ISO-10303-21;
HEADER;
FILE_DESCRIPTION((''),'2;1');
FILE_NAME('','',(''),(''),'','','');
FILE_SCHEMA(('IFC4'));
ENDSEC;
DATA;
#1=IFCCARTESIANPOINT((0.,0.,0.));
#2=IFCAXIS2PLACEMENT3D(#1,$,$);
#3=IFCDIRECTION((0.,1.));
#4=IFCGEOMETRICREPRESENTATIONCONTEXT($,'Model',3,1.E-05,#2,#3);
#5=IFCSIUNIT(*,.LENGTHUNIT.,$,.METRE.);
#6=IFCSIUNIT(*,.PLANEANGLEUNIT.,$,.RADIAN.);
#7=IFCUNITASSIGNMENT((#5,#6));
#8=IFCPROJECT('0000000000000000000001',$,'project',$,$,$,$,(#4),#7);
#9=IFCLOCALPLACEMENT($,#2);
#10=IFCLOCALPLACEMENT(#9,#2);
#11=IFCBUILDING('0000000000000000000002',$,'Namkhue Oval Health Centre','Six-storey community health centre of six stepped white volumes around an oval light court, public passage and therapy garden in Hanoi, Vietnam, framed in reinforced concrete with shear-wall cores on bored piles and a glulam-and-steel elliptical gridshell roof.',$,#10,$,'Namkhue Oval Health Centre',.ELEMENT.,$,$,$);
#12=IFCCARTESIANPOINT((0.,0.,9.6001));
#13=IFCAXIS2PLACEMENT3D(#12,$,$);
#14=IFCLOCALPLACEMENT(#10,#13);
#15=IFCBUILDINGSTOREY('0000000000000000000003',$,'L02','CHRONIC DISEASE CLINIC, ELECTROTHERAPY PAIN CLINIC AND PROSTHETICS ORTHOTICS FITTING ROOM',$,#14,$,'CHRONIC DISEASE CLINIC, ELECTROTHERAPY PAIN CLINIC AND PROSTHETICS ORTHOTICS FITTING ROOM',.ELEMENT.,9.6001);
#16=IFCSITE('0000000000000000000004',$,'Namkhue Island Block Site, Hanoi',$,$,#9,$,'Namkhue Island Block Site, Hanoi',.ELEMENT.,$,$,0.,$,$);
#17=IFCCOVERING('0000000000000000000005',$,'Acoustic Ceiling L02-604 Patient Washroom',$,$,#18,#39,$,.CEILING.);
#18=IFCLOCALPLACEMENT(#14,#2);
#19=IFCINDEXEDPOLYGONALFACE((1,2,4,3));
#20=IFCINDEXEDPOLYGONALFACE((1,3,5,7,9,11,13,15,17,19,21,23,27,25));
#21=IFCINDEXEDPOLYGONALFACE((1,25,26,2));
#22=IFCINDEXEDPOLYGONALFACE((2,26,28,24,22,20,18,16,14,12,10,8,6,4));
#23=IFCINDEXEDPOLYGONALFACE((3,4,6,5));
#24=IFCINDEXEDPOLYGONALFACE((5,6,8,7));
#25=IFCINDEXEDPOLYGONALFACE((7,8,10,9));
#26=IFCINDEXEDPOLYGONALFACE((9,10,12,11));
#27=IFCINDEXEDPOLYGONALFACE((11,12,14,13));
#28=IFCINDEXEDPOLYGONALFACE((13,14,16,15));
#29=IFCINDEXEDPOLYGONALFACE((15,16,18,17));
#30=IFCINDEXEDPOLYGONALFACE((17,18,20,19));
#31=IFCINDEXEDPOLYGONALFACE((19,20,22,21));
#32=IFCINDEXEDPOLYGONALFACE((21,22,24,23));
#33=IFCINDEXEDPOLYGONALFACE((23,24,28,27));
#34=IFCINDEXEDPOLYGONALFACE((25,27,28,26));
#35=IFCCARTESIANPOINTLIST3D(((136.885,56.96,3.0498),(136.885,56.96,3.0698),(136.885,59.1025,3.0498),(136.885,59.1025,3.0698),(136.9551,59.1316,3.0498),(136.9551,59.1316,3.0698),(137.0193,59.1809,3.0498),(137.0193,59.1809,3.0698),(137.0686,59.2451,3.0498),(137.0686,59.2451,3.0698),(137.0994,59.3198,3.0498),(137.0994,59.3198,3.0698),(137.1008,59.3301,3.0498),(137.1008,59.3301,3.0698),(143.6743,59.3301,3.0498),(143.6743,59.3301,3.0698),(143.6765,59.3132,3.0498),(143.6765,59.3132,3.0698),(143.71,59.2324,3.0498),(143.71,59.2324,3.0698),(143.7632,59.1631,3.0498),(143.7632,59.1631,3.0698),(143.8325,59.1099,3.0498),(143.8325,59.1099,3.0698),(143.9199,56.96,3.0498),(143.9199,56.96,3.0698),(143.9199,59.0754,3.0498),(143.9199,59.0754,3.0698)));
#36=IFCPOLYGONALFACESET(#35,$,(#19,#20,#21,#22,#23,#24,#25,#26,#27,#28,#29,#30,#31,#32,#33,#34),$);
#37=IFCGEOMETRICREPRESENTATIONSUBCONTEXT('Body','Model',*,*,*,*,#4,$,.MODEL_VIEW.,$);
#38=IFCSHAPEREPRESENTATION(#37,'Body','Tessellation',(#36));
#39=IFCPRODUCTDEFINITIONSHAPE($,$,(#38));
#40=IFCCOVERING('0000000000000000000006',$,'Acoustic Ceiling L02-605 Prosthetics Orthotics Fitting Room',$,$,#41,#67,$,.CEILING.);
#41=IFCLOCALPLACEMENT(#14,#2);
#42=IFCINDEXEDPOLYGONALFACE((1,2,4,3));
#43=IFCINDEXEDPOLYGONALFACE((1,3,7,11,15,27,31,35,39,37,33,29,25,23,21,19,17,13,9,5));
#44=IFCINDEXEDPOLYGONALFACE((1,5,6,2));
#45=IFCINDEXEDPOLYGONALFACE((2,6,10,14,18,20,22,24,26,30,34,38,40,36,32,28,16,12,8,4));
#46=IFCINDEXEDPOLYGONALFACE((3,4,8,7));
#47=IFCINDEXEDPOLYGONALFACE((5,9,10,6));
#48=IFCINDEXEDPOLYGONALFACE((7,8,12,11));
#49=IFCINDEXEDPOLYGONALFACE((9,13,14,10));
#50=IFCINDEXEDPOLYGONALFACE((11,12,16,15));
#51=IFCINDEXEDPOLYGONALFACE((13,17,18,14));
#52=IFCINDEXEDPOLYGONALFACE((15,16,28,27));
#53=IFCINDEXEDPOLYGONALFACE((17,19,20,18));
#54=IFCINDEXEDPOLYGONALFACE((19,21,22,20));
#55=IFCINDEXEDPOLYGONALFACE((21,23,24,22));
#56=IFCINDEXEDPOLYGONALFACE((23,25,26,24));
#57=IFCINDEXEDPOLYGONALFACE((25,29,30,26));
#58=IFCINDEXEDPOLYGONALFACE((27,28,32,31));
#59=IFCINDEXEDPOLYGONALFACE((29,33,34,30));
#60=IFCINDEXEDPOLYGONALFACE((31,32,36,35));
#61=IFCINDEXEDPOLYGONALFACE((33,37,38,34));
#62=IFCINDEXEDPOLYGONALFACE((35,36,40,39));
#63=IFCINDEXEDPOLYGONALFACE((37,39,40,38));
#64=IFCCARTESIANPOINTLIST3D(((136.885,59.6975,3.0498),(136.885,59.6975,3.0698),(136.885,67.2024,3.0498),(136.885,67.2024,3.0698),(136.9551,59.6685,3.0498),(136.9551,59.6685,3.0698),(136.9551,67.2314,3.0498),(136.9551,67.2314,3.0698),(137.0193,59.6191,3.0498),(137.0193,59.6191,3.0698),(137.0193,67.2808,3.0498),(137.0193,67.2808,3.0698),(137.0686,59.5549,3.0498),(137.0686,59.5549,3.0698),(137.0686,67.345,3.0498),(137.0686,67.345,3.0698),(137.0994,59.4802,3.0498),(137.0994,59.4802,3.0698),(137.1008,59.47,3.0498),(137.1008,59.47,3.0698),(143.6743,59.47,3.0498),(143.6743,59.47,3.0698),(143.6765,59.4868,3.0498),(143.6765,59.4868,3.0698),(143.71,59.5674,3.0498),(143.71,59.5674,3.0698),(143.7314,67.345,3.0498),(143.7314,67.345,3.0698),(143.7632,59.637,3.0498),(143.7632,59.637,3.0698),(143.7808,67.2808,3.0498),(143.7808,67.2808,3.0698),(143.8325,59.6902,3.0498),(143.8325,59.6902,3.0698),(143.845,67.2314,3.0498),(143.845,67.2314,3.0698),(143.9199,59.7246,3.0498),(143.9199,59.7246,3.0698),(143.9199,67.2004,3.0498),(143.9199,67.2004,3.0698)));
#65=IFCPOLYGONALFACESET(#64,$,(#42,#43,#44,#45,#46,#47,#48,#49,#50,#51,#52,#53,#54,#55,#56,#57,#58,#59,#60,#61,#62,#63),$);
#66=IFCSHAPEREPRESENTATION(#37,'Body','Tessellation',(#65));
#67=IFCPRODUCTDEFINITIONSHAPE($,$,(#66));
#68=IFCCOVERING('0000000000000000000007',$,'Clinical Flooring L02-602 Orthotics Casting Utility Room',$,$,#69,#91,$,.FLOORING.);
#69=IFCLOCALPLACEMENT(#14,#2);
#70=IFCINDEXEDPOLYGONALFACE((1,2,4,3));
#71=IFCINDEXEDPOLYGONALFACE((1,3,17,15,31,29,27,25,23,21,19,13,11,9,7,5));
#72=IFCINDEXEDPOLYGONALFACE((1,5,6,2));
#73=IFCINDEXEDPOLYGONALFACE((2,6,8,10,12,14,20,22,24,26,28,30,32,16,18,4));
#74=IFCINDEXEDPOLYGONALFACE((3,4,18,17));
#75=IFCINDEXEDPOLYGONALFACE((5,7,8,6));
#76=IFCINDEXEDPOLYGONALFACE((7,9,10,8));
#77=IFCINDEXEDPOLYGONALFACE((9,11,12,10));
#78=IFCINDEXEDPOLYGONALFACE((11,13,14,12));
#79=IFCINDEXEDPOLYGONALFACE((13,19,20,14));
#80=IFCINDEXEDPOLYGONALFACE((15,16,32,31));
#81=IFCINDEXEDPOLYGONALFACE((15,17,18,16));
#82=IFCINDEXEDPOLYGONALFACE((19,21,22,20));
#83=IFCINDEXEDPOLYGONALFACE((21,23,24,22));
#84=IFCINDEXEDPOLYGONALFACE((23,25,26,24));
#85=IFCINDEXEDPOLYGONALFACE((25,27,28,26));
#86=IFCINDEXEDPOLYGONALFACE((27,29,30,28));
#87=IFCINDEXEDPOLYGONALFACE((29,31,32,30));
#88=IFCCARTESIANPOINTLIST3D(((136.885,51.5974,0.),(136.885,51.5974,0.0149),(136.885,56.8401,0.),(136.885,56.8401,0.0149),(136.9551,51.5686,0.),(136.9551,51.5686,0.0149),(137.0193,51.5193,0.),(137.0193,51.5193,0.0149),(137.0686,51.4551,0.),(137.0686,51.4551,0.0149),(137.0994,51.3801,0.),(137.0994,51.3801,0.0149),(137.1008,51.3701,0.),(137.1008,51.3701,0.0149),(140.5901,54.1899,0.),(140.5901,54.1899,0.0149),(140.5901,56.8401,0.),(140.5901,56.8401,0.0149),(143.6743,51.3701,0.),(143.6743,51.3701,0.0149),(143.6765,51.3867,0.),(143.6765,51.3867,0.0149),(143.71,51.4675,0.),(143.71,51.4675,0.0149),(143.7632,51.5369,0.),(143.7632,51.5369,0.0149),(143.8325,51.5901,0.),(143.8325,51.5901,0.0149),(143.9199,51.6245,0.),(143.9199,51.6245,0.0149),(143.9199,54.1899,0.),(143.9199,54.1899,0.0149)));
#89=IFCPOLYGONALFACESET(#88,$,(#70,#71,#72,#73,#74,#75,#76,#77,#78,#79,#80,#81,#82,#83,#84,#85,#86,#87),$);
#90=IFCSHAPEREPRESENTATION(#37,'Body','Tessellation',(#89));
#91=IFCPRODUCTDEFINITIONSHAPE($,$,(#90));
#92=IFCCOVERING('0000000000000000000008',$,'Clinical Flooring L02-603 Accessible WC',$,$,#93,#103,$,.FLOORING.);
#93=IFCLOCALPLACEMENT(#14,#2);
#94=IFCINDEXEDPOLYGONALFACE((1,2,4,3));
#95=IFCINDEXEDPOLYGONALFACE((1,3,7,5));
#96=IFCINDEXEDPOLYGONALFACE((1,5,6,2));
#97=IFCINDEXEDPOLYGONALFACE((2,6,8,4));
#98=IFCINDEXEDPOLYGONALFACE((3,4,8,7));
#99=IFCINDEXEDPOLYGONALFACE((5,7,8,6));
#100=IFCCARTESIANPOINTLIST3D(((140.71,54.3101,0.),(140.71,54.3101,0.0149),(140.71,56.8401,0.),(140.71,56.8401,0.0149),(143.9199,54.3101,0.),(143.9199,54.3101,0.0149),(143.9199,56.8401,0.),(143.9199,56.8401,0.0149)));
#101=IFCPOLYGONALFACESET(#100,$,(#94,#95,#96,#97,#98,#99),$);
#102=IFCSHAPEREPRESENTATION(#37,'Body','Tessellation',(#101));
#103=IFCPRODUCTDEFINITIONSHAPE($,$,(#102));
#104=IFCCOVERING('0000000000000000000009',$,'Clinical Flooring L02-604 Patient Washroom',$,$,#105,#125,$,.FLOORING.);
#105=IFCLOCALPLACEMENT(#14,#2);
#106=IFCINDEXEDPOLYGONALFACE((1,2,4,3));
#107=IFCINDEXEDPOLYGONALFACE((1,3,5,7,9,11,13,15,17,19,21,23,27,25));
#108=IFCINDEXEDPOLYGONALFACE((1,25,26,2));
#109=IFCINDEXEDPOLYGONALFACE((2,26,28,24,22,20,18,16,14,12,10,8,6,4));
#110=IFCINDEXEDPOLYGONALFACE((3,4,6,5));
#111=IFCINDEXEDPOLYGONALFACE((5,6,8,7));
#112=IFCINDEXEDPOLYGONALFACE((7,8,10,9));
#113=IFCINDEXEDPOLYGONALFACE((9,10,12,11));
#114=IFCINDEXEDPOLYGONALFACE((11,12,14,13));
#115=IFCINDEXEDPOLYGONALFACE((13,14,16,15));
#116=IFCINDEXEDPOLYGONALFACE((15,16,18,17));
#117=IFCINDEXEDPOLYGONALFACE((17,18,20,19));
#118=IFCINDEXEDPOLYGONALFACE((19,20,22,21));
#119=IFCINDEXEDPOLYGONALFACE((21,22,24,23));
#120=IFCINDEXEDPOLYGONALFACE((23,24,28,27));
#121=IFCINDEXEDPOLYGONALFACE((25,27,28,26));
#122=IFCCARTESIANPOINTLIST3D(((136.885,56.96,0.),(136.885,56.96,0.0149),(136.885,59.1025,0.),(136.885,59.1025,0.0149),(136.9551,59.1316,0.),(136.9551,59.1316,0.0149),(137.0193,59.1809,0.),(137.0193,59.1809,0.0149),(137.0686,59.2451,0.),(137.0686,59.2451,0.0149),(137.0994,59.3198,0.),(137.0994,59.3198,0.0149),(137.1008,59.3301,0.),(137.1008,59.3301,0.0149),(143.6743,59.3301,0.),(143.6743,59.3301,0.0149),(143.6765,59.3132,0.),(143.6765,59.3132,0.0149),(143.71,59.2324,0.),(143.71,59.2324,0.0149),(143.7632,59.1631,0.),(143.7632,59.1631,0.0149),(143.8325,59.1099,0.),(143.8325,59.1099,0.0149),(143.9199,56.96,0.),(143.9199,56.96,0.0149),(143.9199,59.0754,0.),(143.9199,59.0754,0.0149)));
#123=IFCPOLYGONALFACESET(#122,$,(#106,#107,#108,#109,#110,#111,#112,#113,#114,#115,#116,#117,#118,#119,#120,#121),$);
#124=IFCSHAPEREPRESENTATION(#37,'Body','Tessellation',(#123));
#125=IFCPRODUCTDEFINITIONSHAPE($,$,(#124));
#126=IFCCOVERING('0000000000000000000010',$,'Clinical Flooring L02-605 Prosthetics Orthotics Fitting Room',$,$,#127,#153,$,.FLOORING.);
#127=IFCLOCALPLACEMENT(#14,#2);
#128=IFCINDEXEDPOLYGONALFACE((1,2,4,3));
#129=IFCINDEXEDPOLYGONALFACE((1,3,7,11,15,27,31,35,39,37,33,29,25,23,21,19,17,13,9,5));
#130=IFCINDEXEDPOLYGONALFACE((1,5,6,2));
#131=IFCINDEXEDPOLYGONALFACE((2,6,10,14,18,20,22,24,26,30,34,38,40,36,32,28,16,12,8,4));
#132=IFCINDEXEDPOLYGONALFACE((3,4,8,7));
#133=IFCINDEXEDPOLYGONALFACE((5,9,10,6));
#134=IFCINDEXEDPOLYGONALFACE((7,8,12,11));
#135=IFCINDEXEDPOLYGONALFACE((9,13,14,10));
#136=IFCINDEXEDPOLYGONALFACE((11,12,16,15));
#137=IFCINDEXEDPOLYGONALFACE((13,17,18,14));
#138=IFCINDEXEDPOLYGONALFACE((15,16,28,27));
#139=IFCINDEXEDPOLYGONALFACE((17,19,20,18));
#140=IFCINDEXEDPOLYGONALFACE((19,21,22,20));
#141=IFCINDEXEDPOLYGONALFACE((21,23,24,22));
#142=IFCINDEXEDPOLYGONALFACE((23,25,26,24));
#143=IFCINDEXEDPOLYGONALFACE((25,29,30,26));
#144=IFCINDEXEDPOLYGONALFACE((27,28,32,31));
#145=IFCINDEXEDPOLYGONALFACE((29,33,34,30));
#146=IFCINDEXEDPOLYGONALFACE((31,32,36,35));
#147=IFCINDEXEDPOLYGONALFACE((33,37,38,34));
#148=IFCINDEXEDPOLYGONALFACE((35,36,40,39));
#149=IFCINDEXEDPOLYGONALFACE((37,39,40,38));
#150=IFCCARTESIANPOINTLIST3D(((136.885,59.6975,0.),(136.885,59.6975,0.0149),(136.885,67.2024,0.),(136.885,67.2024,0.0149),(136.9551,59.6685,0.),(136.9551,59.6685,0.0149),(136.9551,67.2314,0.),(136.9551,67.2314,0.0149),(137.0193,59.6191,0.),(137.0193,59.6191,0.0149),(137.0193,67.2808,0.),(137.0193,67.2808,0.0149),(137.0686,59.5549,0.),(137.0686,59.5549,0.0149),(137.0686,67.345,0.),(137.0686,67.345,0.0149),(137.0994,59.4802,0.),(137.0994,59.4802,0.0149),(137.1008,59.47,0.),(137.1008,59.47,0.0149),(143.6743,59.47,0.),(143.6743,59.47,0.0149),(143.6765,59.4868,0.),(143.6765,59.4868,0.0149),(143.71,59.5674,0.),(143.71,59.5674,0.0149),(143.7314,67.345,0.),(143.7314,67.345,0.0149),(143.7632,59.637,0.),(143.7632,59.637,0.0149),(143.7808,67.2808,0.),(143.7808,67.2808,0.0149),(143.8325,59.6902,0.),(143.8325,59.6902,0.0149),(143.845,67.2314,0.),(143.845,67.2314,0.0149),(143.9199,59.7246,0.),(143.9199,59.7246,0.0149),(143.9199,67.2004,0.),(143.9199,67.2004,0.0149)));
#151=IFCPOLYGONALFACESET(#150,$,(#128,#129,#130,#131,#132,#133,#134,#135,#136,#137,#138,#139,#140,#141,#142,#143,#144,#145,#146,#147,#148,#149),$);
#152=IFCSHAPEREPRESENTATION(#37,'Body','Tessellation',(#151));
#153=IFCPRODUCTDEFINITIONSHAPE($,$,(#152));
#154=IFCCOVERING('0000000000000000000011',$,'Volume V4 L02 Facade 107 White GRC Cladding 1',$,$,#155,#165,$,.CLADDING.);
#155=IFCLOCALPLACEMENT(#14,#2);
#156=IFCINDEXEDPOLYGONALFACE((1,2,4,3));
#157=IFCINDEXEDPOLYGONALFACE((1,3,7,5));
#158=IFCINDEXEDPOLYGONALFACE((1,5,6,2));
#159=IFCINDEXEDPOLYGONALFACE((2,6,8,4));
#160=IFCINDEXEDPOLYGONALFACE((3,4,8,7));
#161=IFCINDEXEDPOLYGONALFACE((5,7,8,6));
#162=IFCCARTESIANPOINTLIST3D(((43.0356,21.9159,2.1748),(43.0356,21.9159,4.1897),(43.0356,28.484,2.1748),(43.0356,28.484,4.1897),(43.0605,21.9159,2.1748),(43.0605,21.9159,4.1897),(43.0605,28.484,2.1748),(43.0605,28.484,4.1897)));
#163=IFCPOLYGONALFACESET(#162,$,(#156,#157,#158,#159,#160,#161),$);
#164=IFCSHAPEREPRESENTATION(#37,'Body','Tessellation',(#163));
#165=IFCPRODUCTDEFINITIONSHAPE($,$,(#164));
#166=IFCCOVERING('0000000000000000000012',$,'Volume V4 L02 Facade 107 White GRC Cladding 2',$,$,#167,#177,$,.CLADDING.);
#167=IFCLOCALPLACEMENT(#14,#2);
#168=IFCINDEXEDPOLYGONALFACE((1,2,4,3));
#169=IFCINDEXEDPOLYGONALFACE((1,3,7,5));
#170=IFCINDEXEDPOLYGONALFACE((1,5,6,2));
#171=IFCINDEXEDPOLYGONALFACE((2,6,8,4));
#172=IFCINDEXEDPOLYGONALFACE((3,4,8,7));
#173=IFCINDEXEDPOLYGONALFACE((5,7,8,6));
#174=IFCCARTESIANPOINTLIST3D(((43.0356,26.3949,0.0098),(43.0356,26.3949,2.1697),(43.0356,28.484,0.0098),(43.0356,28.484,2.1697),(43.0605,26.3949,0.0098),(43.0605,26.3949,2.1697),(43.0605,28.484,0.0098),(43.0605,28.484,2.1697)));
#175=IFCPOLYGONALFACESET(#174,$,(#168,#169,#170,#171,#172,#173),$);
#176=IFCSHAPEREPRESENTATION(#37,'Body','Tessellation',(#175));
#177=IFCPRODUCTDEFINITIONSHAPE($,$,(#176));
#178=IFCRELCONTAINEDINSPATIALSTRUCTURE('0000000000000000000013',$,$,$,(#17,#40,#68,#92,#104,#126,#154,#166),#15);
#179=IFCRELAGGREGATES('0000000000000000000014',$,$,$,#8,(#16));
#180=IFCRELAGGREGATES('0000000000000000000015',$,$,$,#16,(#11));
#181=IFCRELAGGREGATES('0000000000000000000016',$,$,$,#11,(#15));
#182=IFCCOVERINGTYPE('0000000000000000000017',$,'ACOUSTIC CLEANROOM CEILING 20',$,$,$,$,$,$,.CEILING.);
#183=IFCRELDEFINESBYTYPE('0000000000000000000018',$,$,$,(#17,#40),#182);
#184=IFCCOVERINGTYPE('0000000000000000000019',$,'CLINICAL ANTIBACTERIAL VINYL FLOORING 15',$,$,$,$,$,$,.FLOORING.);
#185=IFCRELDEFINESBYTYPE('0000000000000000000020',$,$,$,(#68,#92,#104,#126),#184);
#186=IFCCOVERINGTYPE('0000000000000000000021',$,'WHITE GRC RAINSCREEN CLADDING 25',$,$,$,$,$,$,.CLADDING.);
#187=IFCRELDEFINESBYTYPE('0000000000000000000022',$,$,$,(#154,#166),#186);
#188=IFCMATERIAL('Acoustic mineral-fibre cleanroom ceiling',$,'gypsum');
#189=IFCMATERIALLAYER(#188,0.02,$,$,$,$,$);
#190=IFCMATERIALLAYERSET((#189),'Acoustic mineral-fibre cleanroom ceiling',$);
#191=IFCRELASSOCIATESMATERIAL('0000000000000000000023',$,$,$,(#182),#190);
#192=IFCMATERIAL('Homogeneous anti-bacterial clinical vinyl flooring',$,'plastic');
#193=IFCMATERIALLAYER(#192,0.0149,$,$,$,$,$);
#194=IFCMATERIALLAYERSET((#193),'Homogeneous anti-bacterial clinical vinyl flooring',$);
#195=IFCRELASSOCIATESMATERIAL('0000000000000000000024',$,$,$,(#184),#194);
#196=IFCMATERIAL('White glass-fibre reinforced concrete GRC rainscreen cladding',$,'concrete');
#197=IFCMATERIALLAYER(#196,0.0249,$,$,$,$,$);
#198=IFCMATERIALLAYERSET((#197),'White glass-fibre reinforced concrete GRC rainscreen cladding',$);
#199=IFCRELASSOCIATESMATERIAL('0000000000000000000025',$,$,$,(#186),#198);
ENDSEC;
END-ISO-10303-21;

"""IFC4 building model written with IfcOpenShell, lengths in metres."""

from ifc_helpers import new_model, si_unit, direction, frame, origin, origin_2d, place, context, subcontext, project, spatial, polyline, rectangle, outline, extrude, material, layer, layer_set, type_object, element, save


model = new_model("IFC4")

# Units and contexts
model_context = context("Model", 3, precision=1e-05, world=origin(), true_north=direction((0.0, 1.0)))
body_context = subcontext(model_context, "Body", "Model", "MODEL_VIEW")
ifc_project = project(units=[si_unit("LENGTHUNIT", "METRE"), si_unit("PLANEANGLEUNIT", "RADIAN")], contexts=[model_context])

# Site, building, storey
site_placement = place(None, origin())
site = spatial("IfcSite", under=ifc_project, at=site_placement, Name="Namkhue Island Block Site, Hanoi", LongName="Namkhue Island Block Site, Hanoi", CompositionType="ELEMENT", RefElevation=0.0)
building_placement = place(site_placement, origin())
building = spatial("IfcBuilding", under=site, at=building_placement, Name="Namkhue Oval Health Centre", Description="Six-storey community health centre of six stepped white volumes around an oval light court, public passage and therapy garden in Hanoi, Vietnam, framed in reinforced concrete with shear-wall cores on bored piles and a glulam-and-steel elliptical gridshell roof.", LongName="Namkhue Oval Health Centre", CompositionType="ELEMENT")
storey_placement = place(building_placement, frame((0.0, 0.0, 9.6001)))
storey = spatial("IfcBuildingStorey", under=building, at=storey_placement, Name="L02", Description="CHRONIC DISEASE CLINIC, ELECTROTHERAPY PAIN CLINIC AND PROSTHETICS ORTHOTICS FITTING ROOM", LongName="CHRONIC DISEASE CLINIC, ELECTROTHERAPY PAIN CLINIC AND PROSTHETICS ORTHOTICS FITTING ROOM", CompositionType="ELEMENT", Elevation=9.6001)

# Coverings
ifc_material_1 = material(Name="Acoustic mineral-fibre cleanroom ceiling", Category="gypsum")
ifc_layer_1 = layer(ifc_material_1, 0.02)
ifc_layer_set_1 = layer_set([ifc_layer_1], Name="Acoustic mineral-fibre cleanroom ceiling")
covering_type_1 = type_object("IfcCoveringType", Name="ACOUSTIC CLEANROOM CEILING 20", PredefinedType="CEILING", material=ifc_layer_set_1)
covering_1_placement = place(storey_placement, frame((0.0, 0.0, 3.0498)))
element("IfcCovering", 1, at=covering_1_placement, inside=storey, type_object=covering_type_1, Name="Acoustic Ceiling L02-604 Patient Washroom", PredefinedType="CEILING", context=body_context, shape_type="SweptSolid", body=[
    extrude(outline(polyline([(136.885, 56.96), (136.885, 59.1025), (136.9551, 59.1316), (137.0193, 59.1809), (137.0686, 59.2451), (137.0994, 59.3198), (137.1008, 59.3301), (143.6743, 59.3301), (143.6765, 59.3132), (143.71, 59.2324), (143.7632, 59.1631), (143.8325, 59.1099), (143.9199, 59.0754), (143.9199, 56.96), (136.885, 56.96)])), origin(), (0.0, 0.0, 1.0), 0.02),
])
covering_2_placement = place(storey_placement, frame((0.0, 0.0, 3.0498)))
element("IfcCovering", 2, at=covering_2_placement, inside=storey, type_object=covering_type_1, Name="Acoustic Ceiling L02-605 Prosthetics Orthotics Fitting Room", PredefinedType="CEILING", context=body_context, shape_type="SweptSolid", body=[
    extrude(outline(polyline([(137.1008, 59.47), (137.0994, 59.4802), (137.0686, 59.5549), (137.0193, 59.6191), (136.9551, 59.6685), (136.885, 59.6975), (136.885, 67.2024), (136.9551, 67.2314), (137.0193, 67.2808), (137.0686, 67.345), (143.7314, 67.345), (143.7808, 67.2808), (143.845, 67.2314), (143.9199, 67.2004), (143.9199, 59.7246), (143.8325, 59.6902), (143.7632, 59.637), (143.71, 59.5674), (143.6765, 59.4868), (143.6743, 59.47), (137.1008, 59.47)])), origin(), (0.0, 0.0, 1.0), 0.02),
])
ifc_material_2 = material(Name="Homogeneous anti-bacterial clinical vinyl flooring", Category="plastic")
ifc_layer_2 = layer(ifc_material_2, 0.0149)
ifc_layer_set_2 = layer_set([ifc_layer_2], Name="Homogeneous anti-bacterial clinical vinyl flooring")
covering_type_2 = type_object("IfcCoveringType", Name="CLINICAL ANTIBACTERIAL VINYL FLOORING 15", PredefinedType="FLOORING", material=ifc_layer_set_2)
covering_3_placement = place(storey_placement, origin())
element("IfcCovering", 3, at=covering_3_placement, inside=storey, type_object=covering_type_2, Name="Clinical Flooring L02-602 Orthotics Casting Utility Room", PredefinedType="FLOORING", context=body_context, shape_type="SweptSolid", body=[
    extrude(outline(polyline([(136.885, 56.8401), (140.5901, 56.8401), (140.5901, 54.1899), (143.9199, 54.1899), (143.9199, 51.6245), (143.8325, 51.5901), (143.7632, 51.5369), (143.71, 51.4675), (143.6765, 51.3867), (143.6743, 51.3701), (137.1008, 51.3701), (137.0994, 51.3801), (137.0686, 51.4551), (137.0193, 51.5193), (136.9551, 51.5686), (136.885, 51.5974), (136.885, 56.8401)])), origin(), (0.0, 0.0, 1.0), 0.0149),
])
covering_4_placement = place(storey_placement, origin())
element("IfcCovering", 4, at=covering_4_placement, inside=storey, type_object=covering_type_2, Name="Clinical Flooring L02-603 Accessible WC", PredefinedType="FLOORING", context=body_context, shape_type="SweptSolid", body=[
    extrude(outline(polyline([(140.71, 54.3101), (140.71, 56.8401), (143.9199, 56.8401), (143.9199, 54.3101), (140.71, 54.3101)])), origin(), (0.0, 0.0, 1.0), 0.0149),
])
covering_5_placement = place(storey_placement, origin())
element("IfcCovering", 5, at=covering_5_placement, inside=storey, type_object=covering_type_2, Name="Clinical Flooring L02-604 Patient Washroom", PredefinedType="FLOORING", context=body_context, shape_type="SweptSolid", body=[
    extrude(outline(polyline([(136.885, 56.96), (136.885, 59.1025), (136.9551, 59.1316), (137.0193, 59.1809), (137.0686, 59.2451), (137.0994, 59.3198), (137.1008, 59.3301), (143.6743, 59.3301), (143.6765, 59.3132), (143.71, 59.2324), (143.7632, 59.1631), (143.8325, 59.1099), (143.9199, 59.0754), (143.9199, 56.96), (136.885, 56.96)])), origin(), (0.0, 0.0, 1.0), 0.0149),
])
covering_6_placement = place(storey_placement, origin())
element("IfcCovering", 6, at=covering_6_placement, inside=storey, type_object=covering_type_2, Name="Clinical Flooring L02-605 Prosthetics Orthotics Fitting Room", PredefinedType="FLOORING", context=body_context, shape_type="SweptSolid", body=[
    extrude(outline(polyline([(137.1008, 59.47), (137.0994, 59.4802), (137.0686, 59.5549), (137.0193, 59.6191), (136.9551, 59.6685), (136.885, 59.6975), (136.885, 67.2024), (136.9551, 67.2314), (137.0193, 67.2808), (137.0686, 67.345), (143.7314, 67.345), (143.7808, 67.2808), (143.845, 67.2314), (143.9199, 67.2004), (143.9199, 59.7246), (143.8325, 59.6902), (143.7632, 59.637), (143.71, 59.5674), (143.6765, 59.4868), (143.6743, 59.47), (137.1008, 59.47)])), origin(), (0.0, 0.0, 1.0), 0.0149),
])

# Coverings
ifc_material_3 = material(Name="White glass-fibre reinforced concrete GRC rainscreen cladding", Category="concrete")
ifc_layer_3 = layer(ifc_material_3, 0.0249)
ifc_layer_set_3 = layer_set([ifc_layer_3], Name="White glass-fibre reinforced concrete GRC rainscreen cladding")
covering_type_3 = type_object("IfcCoveringType", Name="WHITE GRC RAINSCREEN CLADDING 25", PredefinedType="CLADDING", material=ifc_layer_set_3)
covering_7_placement = place(storey_placement, frame((43.0481, 25.2, 2.1748), z_axis=(0.0, 0.0, 1.0), x_axis=(0.0, -1.0, 0.0)))
element("IfcCovering", 7, at=covering_7_placement, inside=storey, type_object=covering_type_3, Name="Volume V4 L02 Facade 107 White GRC Cladding 1", PredefinedType="CLADDING", context=body_context, shape_type="SweptSolid", body=[
    extrude(rectangle(XDim=6.5681, YDim=0.0249, at=origin_2d()), origin(), (0.0, 0.0, 1.0), 2.0149),
])
covering_8_placement = place(storey_placement, frame((43.0481, 27.4395, 0.0098), z_axis=(0.0, 0.0, 1.0), x_axis=(0.0, -1.0, 0.0)))
element("IfcCovering", 8, at=covering_8_placement, inside=storey, type_object=covering_type_3, Name="Volume V4 L02 Facade 107 White GRC Cladding 2", PredefinedType="CLADDING", context=body_context, shape_type="SweptSolid", body=[
    extrude(rectangle(XDim=2.0891, YDim=0.0249, at=origin_2d()), origin(), (0.0, 0.0, 1.0), 2.1599),
])

save(model, "model.ifc")
